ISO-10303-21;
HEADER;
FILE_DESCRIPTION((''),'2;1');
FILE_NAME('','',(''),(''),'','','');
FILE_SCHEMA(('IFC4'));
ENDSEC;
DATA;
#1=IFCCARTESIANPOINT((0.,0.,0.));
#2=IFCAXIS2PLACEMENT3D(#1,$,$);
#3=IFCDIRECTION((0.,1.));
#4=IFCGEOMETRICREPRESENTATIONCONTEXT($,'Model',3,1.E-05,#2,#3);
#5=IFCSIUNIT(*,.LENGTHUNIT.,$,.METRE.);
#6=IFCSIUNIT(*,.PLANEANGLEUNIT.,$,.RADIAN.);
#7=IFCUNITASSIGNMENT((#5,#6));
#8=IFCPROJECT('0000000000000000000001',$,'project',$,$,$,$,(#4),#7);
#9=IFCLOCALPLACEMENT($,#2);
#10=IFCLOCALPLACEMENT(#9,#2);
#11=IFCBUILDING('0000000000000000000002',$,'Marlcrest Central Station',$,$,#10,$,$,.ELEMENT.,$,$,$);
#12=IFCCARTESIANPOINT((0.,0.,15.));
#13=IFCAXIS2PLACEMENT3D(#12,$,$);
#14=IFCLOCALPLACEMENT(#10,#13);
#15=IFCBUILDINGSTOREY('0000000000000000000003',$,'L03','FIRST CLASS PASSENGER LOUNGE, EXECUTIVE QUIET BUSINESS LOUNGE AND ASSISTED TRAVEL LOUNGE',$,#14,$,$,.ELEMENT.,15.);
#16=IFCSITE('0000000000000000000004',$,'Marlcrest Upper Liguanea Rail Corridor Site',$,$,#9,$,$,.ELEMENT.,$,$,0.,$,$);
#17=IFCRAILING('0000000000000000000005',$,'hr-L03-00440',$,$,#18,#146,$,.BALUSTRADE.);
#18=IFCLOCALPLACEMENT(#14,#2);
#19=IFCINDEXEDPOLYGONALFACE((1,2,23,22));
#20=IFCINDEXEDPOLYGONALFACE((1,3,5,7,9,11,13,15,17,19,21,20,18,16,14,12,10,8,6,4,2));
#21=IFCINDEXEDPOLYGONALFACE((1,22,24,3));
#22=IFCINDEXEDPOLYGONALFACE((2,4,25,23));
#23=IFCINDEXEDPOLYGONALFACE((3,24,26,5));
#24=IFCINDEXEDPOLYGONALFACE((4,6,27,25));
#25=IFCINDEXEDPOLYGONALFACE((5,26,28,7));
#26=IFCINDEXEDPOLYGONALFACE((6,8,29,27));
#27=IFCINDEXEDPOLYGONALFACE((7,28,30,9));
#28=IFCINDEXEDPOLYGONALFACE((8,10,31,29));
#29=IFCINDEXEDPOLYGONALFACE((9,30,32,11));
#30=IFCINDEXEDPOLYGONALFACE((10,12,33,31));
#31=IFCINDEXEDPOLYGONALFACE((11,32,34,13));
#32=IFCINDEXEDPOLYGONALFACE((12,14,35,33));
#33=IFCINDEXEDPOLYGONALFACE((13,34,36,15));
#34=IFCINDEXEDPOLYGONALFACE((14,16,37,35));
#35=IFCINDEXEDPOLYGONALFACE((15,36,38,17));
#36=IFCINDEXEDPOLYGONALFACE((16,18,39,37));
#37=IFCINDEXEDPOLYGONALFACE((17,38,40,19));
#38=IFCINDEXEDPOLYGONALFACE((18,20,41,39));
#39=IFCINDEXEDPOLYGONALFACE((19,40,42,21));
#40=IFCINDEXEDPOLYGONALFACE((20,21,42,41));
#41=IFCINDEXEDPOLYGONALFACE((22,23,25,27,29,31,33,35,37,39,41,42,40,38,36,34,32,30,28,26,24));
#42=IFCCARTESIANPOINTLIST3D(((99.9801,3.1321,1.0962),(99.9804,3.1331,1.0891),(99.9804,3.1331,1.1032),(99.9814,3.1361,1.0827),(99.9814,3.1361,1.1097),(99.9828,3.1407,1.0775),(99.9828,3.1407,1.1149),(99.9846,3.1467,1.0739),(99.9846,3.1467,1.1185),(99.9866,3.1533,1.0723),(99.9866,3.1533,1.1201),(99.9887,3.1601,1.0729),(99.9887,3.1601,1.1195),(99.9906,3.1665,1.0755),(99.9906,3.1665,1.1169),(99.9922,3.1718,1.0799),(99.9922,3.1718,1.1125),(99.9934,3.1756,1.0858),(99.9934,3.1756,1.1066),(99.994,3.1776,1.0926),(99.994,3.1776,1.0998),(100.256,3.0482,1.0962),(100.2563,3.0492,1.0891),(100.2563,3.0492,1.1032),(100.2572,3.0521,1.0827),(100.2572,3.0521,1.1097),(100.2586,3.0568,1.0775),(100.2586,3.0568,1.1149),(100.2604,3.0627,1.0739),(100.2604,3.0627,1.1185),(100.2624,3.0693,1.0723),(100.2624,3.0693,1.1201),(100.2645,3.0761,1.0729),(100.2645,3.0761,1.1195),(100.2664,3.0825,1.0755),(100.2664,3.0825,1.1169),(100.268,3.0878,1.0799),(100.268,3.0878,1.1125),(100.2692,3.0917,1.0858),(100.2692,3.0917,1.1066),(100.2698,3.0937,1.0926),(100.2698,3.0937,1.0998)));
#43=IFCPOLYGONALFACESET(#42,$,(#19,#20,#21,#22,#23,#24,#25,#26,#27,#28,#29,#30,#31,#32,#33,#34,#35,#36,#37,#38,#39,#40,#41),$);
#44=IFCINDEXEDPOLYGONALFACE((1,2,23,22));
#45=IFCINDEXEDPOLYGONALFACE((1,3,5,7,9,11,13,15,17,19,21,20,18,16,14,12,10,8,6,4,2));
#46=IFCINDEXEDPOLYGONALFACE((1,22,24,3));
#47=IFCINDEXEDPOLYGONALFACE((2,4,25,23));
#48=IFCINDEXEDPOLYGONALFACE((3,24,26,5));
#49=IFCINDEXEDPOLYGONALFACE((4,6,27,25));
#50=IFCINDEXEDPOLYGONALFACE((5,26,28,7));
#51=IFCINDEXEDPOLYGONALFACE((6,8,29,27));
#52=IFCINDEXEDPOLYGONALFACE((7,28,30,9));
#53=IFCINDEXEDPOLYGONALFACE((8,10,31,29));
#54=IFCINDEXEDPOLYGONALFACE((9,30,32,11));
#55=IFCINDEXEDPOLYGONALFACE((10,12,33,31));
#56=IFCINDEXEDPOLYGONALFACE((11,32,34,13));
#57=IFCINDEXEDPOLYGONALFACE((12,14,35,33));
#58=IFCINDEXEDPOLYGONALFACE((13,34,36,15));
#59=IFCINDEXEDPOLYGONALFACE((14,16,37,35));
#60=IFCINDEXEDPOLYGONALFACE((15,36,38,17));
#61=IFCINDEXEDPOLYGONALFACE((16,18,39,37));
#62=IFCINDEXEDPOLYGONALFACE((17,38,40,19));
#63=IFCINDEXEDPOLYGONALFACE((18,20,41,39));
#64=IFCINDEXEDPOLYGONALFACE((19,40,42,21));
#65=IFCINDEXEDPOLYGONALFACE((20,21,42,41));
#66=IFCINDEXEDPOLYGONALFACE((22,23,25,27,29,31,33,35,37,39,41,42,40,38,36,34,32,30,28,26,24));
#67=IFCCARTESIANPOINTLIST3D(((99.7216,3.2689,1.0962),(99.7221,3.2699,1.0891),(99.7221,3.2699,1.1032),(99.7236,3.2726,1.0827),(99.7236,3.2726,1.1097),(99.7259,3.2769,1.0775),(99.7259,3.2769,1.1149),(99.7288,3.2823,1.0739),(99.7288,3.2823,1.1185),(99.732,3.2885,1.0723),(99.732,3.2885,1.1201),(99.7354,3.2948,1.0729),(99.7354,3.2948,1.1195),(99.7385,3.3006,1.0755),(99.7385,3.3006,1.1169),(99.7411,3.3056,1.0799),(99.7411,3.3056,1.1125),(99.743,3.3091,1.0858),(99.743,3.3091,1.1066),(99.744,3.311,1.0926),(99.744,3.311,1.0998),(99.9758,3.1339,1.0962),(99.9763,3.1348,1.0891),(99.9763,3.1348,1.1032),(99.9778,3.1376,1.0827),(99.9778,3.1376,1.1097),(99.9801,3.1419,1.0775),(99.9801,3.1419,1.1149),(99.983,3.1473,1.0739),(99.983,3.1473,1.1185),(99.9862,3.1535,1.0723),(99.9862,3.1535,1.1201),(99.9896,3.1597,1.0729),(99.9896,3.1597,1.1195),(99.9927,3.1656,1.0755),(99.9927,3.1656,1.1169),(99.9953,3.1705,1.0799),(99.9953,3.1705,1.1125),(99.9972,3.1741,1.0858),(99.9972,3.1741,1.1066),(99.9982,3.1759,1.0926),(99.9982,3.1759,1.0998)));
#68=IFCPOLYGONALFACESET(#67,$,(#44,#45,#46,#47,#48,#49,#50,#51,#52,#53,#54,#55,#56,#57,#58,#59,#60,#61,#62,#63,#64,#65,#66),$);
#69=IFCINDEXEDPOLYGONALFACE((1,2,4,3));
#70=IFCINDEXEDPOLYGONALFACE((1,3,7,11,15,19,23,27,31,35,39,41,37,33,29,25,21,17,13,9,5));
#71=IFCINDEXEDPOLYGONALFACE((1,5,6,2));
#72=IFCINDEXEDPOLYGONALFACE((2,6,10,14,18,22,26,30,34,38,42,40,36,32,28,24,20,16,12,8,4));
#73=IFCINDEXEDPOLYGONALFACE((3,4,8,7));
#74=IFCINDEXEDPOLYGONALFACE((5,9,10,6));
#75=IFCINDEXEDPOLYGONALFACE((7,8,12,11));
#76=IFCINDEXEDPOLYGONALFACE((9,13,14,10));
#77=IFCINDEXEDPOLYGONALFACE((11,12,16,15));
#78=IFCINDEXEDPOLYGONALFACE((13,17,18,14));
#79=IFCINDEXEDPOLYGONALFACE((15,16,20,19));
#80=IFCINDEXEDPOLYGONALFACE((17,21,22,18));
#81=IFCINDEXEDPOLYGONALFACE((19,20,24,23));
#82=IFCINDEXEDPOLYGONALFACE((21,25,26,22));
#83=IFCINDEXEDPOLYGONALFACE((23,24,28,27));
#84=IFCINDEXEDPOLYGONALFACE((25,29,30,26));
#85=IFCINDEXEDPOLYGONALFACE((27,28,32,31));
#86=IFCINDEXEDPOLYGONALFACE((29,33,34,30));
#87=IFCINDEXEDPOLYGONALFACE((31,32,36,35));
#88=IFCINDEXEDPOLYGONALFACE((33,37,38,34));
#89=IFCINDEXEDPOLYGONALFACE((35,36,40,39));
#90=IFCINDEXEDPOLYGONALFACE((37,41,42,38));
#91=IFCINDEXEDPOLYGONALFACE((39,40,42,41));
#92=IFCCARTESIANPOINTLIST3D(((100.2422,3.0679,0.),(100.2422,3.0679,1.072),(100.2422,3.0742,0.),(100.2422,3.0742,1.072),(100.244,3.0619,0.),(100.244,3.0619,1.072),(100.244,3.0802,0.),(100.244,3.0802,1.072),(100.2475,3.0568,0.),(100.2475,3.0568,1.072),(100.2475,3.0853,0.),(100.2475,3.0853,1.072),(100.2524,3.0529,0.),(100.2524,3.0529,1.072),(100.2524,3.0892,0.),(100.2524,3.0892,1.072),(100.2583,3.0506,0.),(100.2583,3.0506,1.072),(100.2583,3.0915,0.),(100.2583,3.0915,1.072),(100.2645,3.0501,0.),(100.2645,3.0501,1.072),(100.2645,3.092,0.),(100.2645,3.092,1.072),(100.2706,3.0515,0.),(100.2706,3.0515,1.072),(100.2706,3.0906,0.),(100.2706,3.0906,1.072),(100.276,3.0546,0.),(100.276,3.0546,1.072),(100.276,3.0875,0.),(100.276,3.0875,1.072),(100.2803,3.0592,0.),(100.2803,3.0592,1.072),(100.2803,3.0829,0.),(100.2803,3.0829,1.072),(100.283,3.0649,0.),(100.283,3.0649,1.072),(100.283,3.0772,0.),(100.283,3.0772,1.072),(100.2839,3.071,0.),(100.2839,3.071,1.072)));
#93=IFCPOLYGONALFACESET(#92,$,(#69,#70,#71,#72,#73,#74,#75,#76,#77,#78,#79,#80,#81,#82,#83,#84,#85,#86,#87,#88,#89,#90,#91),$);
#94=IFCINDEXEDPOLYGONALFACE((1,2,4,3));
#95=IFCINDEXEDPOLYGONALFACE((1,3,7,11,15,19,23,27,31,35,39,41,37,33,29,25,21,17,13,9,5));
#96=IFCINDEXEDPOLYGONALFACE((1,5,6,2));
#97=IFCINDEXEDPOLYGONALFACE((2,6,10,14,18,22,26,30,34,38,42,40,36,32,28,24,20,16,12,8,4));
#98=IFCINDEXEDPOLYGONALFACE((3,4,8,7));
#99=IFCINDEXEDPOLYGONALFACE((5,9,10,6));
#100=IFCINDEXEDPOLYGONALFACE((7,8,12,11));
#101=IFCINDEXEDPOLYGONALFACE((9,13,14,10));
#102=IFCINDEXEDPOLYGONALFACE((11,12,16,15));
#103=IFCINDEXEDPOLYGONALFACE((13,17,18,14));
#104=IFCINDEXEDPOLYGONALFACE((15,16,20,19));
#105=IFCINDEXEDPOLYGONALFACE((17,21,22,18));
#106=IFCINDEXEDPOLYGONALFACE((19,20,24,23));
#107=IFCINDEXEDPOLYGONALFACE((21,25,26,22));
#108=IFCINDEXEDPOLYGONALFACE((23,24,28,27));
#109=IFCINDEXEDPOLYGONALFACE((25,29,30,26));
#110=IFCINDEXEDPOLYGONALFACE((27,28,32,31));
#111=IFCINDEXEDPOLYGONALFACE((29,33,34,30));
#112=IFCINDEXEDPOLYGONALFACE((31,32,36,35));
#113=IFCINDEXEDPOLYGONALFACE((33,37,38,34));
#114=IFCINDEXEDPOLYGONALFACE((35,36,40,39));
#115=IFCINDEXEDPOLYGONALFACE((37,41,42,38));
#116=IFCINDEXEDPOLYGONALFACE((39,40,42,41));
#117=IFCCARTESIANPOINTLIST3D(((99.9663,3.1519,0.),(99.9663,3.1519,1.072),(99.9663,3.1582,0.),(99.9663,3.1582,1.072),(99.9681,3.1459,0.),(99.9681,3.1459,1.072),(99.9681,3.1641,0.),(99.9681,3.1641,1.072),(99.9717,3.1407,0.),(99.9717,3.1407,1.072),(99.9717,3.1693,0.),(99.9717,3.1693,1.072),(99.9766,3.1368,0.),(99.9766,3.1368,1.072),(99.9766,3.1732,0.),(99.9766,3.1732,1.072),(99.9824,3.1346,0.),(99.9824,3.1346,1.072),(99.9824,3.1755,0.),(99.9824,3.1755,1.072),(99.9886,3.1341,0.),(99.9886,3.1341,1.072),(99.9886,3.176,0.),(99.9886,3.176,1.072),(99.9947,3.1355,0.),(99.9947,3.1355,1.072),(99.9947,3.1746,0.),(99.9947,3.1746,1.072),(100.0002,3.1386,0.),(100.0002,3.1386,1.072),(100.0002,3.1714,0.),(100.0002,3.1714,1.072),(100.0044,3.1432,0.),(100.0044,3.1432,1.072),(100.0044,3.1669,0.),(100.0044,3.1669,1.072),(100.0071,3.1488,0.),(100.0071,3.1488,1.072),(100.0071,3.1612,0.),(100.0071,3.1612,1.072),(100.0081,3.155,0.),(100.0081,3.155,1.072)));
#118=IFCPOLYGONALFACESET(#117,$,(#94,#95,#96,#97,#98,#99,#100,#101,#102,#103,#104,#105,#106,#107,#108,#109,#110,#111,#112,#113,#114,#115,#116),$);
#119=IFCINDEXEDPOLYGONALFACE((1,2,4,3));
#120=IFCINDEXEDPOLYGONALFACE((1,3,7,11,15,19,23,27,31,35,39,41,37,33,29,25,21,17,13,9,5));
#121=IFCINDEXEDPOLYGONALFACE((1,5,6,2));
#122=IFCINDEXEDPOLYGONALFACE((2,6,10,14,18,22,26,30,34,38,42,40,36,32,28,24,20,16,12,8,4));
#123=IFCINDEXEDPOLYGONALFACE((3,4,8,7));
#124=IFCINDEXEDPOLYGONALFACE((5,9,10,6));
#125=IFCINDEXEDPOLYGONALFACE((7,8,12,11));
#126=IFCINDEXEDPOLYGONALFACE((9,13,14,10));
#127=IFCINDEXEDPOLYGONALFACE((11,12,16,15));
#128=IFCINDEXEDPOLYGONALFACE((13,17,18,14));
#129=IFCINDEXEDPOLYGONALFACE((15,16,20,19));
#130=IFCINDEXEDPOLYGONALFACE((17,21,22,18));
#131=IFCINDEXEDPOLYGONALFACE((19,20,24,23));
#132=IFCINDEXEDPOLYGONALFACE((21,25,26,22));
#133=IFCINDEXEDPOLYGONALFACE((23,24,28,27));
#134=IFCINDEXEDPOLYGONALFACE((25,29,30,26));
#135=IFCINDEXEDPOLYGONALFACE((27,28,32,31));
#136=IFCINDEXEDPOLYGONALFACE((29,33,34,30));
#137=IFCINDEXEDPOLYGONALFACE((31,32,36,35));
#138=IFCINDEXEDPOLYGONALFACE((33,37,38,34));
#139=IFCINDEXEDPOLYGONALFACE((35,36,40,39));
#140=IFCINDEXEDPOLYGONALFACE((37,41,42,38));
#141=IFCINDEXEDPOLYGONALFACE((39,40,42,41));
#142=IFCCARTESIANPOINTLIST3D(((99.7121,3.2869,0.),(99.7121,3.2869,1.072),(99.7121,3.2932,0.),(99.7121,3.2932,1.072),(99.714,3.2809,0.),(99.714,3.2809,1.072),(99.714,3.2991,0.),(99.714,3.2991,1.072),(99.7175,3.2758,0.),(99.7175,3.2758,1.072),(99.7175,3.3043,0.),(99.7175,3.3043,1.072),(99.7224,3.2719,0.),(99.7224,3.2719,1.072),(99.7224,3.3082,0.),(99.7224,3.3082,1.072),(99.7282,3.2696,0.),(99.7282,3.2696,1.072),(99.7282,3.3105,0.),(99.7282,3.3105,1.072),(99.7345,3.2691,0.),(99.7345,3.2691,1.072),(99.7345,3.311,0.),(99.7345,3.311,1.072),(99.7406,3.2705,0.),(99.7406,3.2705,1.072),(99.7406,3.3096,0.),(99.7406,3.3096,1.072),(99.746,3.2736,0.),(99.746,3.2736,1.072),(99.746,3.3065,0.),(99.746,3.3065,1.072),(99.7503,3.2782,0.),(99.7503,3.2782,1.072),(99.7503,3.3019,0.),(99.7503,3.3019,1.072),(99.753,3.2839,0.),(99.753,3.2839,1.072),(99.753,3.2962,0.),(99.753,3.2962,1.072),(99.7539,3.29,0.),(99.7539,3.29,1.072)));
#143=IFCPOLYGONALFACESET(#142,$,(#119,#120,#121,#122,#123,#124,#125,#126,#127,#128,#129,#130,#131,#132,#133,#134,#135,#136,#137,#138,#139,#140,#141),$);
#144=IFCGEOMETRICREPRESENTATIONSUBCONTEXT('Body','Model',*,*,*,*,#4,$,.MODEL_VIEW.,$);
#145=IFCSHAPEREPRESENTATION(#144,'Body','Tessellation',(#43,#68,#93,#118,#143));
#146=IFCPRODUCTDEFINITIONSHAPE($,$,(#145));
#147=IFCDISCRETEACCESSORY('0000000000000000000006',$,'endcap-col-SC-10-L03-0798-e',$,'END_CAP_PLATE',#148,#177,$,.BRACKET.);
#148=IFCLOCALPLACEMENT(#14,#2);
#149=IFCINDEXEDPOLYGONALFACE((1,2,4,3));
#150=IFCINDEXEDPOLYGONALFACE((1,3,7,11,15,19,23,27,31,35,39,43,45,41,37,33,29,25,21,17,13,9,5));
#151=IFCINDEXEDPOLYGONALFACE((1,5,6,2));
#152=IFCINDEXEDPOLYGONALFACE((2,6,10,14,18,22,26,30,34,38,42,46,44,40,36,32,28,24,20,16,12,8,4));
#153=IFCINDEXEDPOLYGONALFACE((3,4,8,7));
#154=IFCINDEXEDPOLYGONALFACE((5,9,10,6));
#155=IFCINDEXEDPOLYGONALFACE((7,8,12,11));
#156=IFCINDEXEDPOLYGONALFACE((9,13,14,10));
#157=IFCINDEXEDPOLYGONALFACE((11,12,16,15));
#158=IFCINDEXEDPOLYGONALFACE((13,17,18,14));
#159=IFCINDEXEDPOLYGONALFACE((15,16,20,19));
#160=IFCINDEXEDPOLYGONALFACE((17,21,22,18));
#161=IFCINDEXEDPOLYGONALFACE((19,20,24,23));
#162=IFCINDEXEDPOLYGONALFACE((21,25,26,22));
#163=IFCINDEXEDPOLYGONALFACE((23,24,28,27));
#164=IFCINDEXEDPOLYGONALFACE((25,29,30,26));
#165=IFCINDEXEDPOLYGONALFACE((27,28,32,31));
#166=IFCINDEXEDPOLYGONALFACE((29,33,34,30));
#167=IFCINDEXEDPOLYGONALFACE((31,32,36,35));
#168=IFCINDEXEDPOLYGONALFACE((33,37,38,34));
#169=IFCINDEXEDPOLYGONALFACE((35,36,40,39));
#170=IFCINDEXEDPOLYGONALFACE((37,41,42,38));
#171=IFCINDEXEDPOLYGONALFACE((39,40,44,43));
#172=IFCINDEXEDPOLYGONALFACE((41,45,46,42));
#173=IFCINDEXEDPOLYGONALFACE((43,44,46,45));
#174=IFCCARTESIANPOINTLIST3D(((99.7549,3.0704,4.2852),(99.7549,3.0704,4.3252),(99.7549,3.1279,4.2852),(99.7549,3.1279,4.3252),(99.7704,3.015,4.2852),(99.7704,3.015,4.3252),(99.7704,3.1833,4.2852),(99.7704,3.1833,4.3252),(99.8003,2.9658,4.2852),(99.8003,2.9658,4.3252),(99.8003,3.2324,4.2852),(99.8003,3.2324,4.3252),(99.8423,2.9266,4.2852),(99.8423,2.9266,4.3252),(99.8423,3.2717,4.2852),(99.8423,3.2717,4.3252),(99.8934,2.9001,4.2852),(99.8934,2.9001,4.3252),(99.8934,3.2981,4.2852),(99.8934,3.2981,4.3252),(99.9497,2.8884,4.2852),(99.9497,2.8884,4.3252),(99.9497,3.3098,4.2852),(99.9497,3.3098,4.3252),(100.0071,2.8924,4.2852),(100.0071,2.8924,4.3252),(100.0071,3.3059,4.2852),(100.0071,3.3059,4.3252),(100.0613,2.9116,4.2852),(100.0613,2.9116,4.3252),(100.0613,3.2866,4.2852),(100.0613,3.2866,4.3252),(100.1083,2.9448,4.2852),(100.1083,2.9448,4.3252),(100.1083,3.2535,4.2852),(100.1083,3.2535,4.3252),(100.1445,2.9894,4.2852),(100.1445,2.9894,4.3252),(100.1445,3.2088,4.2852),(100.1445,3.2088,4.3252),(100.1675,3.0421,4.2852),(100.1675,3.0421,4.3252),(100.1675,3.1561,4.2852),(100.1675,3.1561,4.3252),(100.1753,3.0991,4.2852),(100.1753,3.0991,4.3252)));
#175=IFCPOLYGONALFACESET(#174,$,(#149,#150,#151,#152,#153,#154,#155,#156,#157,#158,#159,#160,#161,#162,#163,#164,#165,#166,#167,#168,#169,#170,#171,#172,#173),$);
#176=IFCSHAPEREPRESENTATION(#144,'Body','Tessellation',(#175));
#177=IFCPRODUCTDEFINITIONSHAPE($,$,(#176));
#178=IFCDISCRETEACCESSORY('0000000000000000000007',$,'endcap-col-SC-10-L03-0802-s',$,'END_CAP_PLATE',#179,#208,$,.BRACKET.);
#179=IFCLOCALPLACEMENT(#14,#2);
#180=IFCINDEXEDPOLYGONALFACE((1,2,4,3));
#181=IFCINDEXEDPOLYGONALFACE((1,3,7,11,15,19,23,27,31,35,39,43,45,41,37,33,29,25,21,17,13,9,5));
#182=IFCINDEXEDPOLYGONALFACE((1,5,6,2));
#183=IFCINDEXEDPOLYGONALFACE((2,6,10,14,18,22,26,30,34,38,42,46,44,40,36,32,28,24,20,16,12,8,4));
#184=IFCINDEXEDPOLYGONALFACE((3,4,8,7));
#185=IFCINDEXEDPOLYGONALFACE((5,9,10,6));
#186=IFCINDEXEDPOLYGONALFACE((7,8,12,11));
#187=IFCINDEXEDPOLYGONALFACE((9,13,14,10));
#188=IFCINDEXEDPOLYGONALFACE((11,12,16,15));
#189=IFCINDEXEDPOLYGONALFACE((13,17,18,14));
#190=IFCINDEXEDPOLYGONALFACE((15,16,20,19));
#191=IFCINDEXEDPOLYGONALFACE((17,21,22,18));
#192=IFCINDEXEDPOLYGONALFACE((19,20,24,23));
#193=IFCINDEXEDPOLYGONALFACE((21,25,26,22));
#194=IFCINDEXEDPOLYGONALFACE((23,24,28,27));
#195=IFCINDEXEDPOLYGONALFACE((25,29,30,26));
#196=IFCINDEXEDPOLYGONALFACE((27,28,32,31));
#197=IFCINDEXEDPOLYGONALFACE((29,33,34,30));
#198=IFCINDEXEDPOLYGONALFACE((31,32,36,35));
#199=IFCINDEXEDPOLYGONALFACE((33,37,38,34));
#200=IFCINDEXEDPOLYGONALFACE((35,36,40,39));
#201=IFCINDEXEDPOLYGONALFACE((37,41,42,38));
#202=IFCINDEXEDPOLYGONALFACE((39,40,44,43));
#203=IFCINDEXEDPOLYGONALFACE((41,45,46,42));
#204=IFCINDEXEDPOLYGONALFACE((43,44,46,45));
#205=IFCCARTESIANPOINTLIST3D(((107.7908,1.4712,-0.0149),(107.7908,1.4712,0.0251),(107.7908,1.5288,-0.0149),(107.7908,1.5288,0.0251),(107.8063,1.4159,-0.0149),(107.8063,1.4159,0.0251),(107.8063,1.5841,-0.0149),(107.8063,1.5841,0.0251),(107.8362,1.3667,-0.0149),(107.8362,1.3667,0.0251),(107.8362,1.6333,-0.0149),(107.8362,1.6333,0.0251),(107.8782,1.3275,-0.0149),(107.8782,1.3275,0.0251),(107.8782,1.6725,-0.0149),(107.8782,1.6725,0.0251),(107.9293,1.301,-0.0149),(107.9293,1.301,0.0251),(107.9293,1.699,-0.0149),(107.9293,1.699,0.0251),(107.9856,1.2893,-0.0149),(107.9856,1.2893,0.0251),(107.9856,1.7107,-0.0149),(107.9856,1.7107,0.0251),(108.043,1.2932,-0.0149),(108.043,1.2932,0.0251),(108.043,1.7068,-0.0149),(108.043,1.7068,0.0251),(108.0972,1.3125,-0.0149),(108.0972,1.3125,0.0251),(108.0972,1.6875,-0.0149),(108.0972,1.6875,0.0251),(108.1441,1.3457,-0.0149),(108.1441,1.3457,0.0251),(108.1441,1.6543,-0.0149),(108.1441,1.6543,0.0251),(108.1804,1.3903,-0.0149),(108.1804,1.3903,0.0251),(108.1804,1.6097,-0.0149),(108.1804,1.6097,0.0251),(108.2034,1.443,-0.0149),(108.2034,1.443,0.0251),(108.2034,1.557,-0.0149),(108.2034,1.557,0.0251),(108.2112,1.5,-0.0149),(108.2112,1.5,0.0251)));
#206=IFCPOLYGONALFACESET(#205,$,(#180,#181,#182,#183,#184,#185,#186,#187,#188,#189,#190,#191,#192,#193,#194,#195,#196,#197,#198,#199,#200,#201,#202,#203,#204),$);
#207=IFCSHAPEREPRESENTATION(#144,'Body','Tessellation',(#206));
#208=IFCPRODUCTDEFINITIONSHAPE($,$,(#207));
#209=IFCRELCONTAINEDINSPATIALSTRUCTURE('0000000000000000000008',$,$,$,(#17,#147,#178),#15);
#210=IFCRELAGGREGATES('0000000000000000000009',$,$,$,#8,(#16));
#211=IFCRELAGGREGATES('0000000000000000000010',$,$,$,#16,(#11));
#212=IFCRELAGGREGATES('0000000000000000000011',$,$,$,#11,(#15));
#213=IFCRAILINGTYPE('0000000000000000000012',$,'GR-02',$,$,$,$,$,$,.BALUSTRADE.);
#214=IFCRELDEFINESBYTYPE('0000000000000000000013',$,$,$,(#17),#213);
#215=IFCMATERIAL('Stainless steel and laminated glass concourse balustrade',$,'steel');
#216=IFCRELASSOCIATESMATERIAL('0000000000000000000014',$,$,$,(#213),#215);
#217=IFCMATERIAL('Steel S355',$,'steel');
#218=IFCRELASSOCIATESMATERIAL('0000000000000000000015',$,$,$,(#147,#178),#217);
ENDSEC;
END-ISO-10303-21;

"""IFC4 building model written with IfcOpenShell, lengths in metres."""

from ifc_helpers import new_model, si_unit, direction, frame, origin, origin_2d, place, context, subcontext, project, spatial, circle, extrude, material, type_object, element, save


model = new_model("IFC4")

# Units and contexts
model_context = context("Model", 3, precision=1e-05, world=origin(), true_north=direction((0.0, 1.0)))
body_context = subcontext(model_context, "Body", "Model", "MODEL_VIEW")
ifc_project = project(units=[si_unit("LENGTHUNIT", "METRE"), si_unit("PLANEANGLEUNIT", "RADIAN")], contexts=[model_context])

# Site, building, storey
site_placement = place(None, origin())
site = spatial("IfcSite", under=ifc_project, at=site_placement, Name="Marlcrest Upper Liguanea Rail Corridor Site", CompositionType="ELEMENT", RefElevation=0.0)
building_placement = place(site_placement, origin())
building = spatial("IfcBuilding", under=site, at=building_placement, Name="Marlcrest Central Station", CompositionType="ELEMENT")
storey_placement = place(building_placement, frame((0.0, 0.0, 15.0)))
storey = spatial("IfcBuildingStorey", under=building, at=storey_placement, Name="L03", Description="FIRST CLASS PASSENGER LOUNGE, EXECUTIVE QUIET BUSINESS LOUNGE AND ASSISTED TRAVEL LOUNGE", CompositionType="ELEMENT", Elevation=15.0)

# Shared definitions
ifc_material_1 = material(Name="Steel S355", Category="steel")

# Railing
ifc_material_2 = material(Name="Stainless steel and laminated glass concourse balustrade", Category="steel")
railing_type = type_object("IfcRailingType", Name="GR-02", PredefinedType="BALUSTRADE", material=ifc_material_2)
railing_1_placement = place(storey_placement, frame((100.2629, 3.071, 0.0)))
element("IfcRailing", 1, at=railing_1_placement, inside=storey, type_object=railing_type, Name="hr-L03-00440", PredefinedType="BALUSTRADE", context=body_context, shape_type="SweptSolid", body=[
    extrude(circle(Radius=0.0239, at=origin_2d()), frame((0.0, 0.0, 1.0962), z_axis=(-0.956653, 0.291229, 0.0), x_axis=(-0.291229, -0.956653, 0.0)), (0.0, 0.0, 1.0), 0.2883),
    extrude(circle(Radius=0.0239, at=origin_2d()), frame((-0.2759, 0.084, 1.0962), z_axis=(-0.883127, 0.469135, 0.0), x_axis=(-0.469135, -0.883127, 0.0)), (0.0, 0.0, 1.0), 0.2878),
    extrude(circle(Radius=0.021, at=origin_2d()), origin(), (0.0, 0.0, 1.0), 1.072),
    extrude(circle(Radius=0.021, at=origin_2d()), frame((-0.2759, 0.084, 0.0)), (0.0, 0.0, 1.0), 1.072),
    extrude(circle(Radius=0.021, at=origin_2d()), frame((-0.53, 0.219, 0.0)), (0.0, 0.0, 1.0), 1.072),
])

# Discrete accessories
for number, where, z_axis, x_axis, name in (
    (2, (99.9641, 3.0991, 4.2852), (0.0, 0.0, 1.0), (1.0, 0.0, 0.0), "endcap-col-SC-10-L03-0798-e"),
    (3, (108.0, 1.5, -0.0149), (0.0, 0.0, 1.0), (1.0, 0.0, 0.0), "endcap-col-SC-10-L03-0802-s"),
):
    element("IfcDiscreteAccessory", number, at=place(storey_placement, frame(where, z_axis=z_axis, x_axis=x_axis)), inside=storey, material=ifc_material_1, Name=name, ObjectType="END_CAP_PLATE", PredefinedType="BRACKET", context=body_context, shape_type="SweptSolid", body=[
        extrude(circle(Radius=0.2112, at=origin_2d()), origin(), (0.0, 0.0, 1.0), 0.04),
    ])

save(model, "model.ifc")
